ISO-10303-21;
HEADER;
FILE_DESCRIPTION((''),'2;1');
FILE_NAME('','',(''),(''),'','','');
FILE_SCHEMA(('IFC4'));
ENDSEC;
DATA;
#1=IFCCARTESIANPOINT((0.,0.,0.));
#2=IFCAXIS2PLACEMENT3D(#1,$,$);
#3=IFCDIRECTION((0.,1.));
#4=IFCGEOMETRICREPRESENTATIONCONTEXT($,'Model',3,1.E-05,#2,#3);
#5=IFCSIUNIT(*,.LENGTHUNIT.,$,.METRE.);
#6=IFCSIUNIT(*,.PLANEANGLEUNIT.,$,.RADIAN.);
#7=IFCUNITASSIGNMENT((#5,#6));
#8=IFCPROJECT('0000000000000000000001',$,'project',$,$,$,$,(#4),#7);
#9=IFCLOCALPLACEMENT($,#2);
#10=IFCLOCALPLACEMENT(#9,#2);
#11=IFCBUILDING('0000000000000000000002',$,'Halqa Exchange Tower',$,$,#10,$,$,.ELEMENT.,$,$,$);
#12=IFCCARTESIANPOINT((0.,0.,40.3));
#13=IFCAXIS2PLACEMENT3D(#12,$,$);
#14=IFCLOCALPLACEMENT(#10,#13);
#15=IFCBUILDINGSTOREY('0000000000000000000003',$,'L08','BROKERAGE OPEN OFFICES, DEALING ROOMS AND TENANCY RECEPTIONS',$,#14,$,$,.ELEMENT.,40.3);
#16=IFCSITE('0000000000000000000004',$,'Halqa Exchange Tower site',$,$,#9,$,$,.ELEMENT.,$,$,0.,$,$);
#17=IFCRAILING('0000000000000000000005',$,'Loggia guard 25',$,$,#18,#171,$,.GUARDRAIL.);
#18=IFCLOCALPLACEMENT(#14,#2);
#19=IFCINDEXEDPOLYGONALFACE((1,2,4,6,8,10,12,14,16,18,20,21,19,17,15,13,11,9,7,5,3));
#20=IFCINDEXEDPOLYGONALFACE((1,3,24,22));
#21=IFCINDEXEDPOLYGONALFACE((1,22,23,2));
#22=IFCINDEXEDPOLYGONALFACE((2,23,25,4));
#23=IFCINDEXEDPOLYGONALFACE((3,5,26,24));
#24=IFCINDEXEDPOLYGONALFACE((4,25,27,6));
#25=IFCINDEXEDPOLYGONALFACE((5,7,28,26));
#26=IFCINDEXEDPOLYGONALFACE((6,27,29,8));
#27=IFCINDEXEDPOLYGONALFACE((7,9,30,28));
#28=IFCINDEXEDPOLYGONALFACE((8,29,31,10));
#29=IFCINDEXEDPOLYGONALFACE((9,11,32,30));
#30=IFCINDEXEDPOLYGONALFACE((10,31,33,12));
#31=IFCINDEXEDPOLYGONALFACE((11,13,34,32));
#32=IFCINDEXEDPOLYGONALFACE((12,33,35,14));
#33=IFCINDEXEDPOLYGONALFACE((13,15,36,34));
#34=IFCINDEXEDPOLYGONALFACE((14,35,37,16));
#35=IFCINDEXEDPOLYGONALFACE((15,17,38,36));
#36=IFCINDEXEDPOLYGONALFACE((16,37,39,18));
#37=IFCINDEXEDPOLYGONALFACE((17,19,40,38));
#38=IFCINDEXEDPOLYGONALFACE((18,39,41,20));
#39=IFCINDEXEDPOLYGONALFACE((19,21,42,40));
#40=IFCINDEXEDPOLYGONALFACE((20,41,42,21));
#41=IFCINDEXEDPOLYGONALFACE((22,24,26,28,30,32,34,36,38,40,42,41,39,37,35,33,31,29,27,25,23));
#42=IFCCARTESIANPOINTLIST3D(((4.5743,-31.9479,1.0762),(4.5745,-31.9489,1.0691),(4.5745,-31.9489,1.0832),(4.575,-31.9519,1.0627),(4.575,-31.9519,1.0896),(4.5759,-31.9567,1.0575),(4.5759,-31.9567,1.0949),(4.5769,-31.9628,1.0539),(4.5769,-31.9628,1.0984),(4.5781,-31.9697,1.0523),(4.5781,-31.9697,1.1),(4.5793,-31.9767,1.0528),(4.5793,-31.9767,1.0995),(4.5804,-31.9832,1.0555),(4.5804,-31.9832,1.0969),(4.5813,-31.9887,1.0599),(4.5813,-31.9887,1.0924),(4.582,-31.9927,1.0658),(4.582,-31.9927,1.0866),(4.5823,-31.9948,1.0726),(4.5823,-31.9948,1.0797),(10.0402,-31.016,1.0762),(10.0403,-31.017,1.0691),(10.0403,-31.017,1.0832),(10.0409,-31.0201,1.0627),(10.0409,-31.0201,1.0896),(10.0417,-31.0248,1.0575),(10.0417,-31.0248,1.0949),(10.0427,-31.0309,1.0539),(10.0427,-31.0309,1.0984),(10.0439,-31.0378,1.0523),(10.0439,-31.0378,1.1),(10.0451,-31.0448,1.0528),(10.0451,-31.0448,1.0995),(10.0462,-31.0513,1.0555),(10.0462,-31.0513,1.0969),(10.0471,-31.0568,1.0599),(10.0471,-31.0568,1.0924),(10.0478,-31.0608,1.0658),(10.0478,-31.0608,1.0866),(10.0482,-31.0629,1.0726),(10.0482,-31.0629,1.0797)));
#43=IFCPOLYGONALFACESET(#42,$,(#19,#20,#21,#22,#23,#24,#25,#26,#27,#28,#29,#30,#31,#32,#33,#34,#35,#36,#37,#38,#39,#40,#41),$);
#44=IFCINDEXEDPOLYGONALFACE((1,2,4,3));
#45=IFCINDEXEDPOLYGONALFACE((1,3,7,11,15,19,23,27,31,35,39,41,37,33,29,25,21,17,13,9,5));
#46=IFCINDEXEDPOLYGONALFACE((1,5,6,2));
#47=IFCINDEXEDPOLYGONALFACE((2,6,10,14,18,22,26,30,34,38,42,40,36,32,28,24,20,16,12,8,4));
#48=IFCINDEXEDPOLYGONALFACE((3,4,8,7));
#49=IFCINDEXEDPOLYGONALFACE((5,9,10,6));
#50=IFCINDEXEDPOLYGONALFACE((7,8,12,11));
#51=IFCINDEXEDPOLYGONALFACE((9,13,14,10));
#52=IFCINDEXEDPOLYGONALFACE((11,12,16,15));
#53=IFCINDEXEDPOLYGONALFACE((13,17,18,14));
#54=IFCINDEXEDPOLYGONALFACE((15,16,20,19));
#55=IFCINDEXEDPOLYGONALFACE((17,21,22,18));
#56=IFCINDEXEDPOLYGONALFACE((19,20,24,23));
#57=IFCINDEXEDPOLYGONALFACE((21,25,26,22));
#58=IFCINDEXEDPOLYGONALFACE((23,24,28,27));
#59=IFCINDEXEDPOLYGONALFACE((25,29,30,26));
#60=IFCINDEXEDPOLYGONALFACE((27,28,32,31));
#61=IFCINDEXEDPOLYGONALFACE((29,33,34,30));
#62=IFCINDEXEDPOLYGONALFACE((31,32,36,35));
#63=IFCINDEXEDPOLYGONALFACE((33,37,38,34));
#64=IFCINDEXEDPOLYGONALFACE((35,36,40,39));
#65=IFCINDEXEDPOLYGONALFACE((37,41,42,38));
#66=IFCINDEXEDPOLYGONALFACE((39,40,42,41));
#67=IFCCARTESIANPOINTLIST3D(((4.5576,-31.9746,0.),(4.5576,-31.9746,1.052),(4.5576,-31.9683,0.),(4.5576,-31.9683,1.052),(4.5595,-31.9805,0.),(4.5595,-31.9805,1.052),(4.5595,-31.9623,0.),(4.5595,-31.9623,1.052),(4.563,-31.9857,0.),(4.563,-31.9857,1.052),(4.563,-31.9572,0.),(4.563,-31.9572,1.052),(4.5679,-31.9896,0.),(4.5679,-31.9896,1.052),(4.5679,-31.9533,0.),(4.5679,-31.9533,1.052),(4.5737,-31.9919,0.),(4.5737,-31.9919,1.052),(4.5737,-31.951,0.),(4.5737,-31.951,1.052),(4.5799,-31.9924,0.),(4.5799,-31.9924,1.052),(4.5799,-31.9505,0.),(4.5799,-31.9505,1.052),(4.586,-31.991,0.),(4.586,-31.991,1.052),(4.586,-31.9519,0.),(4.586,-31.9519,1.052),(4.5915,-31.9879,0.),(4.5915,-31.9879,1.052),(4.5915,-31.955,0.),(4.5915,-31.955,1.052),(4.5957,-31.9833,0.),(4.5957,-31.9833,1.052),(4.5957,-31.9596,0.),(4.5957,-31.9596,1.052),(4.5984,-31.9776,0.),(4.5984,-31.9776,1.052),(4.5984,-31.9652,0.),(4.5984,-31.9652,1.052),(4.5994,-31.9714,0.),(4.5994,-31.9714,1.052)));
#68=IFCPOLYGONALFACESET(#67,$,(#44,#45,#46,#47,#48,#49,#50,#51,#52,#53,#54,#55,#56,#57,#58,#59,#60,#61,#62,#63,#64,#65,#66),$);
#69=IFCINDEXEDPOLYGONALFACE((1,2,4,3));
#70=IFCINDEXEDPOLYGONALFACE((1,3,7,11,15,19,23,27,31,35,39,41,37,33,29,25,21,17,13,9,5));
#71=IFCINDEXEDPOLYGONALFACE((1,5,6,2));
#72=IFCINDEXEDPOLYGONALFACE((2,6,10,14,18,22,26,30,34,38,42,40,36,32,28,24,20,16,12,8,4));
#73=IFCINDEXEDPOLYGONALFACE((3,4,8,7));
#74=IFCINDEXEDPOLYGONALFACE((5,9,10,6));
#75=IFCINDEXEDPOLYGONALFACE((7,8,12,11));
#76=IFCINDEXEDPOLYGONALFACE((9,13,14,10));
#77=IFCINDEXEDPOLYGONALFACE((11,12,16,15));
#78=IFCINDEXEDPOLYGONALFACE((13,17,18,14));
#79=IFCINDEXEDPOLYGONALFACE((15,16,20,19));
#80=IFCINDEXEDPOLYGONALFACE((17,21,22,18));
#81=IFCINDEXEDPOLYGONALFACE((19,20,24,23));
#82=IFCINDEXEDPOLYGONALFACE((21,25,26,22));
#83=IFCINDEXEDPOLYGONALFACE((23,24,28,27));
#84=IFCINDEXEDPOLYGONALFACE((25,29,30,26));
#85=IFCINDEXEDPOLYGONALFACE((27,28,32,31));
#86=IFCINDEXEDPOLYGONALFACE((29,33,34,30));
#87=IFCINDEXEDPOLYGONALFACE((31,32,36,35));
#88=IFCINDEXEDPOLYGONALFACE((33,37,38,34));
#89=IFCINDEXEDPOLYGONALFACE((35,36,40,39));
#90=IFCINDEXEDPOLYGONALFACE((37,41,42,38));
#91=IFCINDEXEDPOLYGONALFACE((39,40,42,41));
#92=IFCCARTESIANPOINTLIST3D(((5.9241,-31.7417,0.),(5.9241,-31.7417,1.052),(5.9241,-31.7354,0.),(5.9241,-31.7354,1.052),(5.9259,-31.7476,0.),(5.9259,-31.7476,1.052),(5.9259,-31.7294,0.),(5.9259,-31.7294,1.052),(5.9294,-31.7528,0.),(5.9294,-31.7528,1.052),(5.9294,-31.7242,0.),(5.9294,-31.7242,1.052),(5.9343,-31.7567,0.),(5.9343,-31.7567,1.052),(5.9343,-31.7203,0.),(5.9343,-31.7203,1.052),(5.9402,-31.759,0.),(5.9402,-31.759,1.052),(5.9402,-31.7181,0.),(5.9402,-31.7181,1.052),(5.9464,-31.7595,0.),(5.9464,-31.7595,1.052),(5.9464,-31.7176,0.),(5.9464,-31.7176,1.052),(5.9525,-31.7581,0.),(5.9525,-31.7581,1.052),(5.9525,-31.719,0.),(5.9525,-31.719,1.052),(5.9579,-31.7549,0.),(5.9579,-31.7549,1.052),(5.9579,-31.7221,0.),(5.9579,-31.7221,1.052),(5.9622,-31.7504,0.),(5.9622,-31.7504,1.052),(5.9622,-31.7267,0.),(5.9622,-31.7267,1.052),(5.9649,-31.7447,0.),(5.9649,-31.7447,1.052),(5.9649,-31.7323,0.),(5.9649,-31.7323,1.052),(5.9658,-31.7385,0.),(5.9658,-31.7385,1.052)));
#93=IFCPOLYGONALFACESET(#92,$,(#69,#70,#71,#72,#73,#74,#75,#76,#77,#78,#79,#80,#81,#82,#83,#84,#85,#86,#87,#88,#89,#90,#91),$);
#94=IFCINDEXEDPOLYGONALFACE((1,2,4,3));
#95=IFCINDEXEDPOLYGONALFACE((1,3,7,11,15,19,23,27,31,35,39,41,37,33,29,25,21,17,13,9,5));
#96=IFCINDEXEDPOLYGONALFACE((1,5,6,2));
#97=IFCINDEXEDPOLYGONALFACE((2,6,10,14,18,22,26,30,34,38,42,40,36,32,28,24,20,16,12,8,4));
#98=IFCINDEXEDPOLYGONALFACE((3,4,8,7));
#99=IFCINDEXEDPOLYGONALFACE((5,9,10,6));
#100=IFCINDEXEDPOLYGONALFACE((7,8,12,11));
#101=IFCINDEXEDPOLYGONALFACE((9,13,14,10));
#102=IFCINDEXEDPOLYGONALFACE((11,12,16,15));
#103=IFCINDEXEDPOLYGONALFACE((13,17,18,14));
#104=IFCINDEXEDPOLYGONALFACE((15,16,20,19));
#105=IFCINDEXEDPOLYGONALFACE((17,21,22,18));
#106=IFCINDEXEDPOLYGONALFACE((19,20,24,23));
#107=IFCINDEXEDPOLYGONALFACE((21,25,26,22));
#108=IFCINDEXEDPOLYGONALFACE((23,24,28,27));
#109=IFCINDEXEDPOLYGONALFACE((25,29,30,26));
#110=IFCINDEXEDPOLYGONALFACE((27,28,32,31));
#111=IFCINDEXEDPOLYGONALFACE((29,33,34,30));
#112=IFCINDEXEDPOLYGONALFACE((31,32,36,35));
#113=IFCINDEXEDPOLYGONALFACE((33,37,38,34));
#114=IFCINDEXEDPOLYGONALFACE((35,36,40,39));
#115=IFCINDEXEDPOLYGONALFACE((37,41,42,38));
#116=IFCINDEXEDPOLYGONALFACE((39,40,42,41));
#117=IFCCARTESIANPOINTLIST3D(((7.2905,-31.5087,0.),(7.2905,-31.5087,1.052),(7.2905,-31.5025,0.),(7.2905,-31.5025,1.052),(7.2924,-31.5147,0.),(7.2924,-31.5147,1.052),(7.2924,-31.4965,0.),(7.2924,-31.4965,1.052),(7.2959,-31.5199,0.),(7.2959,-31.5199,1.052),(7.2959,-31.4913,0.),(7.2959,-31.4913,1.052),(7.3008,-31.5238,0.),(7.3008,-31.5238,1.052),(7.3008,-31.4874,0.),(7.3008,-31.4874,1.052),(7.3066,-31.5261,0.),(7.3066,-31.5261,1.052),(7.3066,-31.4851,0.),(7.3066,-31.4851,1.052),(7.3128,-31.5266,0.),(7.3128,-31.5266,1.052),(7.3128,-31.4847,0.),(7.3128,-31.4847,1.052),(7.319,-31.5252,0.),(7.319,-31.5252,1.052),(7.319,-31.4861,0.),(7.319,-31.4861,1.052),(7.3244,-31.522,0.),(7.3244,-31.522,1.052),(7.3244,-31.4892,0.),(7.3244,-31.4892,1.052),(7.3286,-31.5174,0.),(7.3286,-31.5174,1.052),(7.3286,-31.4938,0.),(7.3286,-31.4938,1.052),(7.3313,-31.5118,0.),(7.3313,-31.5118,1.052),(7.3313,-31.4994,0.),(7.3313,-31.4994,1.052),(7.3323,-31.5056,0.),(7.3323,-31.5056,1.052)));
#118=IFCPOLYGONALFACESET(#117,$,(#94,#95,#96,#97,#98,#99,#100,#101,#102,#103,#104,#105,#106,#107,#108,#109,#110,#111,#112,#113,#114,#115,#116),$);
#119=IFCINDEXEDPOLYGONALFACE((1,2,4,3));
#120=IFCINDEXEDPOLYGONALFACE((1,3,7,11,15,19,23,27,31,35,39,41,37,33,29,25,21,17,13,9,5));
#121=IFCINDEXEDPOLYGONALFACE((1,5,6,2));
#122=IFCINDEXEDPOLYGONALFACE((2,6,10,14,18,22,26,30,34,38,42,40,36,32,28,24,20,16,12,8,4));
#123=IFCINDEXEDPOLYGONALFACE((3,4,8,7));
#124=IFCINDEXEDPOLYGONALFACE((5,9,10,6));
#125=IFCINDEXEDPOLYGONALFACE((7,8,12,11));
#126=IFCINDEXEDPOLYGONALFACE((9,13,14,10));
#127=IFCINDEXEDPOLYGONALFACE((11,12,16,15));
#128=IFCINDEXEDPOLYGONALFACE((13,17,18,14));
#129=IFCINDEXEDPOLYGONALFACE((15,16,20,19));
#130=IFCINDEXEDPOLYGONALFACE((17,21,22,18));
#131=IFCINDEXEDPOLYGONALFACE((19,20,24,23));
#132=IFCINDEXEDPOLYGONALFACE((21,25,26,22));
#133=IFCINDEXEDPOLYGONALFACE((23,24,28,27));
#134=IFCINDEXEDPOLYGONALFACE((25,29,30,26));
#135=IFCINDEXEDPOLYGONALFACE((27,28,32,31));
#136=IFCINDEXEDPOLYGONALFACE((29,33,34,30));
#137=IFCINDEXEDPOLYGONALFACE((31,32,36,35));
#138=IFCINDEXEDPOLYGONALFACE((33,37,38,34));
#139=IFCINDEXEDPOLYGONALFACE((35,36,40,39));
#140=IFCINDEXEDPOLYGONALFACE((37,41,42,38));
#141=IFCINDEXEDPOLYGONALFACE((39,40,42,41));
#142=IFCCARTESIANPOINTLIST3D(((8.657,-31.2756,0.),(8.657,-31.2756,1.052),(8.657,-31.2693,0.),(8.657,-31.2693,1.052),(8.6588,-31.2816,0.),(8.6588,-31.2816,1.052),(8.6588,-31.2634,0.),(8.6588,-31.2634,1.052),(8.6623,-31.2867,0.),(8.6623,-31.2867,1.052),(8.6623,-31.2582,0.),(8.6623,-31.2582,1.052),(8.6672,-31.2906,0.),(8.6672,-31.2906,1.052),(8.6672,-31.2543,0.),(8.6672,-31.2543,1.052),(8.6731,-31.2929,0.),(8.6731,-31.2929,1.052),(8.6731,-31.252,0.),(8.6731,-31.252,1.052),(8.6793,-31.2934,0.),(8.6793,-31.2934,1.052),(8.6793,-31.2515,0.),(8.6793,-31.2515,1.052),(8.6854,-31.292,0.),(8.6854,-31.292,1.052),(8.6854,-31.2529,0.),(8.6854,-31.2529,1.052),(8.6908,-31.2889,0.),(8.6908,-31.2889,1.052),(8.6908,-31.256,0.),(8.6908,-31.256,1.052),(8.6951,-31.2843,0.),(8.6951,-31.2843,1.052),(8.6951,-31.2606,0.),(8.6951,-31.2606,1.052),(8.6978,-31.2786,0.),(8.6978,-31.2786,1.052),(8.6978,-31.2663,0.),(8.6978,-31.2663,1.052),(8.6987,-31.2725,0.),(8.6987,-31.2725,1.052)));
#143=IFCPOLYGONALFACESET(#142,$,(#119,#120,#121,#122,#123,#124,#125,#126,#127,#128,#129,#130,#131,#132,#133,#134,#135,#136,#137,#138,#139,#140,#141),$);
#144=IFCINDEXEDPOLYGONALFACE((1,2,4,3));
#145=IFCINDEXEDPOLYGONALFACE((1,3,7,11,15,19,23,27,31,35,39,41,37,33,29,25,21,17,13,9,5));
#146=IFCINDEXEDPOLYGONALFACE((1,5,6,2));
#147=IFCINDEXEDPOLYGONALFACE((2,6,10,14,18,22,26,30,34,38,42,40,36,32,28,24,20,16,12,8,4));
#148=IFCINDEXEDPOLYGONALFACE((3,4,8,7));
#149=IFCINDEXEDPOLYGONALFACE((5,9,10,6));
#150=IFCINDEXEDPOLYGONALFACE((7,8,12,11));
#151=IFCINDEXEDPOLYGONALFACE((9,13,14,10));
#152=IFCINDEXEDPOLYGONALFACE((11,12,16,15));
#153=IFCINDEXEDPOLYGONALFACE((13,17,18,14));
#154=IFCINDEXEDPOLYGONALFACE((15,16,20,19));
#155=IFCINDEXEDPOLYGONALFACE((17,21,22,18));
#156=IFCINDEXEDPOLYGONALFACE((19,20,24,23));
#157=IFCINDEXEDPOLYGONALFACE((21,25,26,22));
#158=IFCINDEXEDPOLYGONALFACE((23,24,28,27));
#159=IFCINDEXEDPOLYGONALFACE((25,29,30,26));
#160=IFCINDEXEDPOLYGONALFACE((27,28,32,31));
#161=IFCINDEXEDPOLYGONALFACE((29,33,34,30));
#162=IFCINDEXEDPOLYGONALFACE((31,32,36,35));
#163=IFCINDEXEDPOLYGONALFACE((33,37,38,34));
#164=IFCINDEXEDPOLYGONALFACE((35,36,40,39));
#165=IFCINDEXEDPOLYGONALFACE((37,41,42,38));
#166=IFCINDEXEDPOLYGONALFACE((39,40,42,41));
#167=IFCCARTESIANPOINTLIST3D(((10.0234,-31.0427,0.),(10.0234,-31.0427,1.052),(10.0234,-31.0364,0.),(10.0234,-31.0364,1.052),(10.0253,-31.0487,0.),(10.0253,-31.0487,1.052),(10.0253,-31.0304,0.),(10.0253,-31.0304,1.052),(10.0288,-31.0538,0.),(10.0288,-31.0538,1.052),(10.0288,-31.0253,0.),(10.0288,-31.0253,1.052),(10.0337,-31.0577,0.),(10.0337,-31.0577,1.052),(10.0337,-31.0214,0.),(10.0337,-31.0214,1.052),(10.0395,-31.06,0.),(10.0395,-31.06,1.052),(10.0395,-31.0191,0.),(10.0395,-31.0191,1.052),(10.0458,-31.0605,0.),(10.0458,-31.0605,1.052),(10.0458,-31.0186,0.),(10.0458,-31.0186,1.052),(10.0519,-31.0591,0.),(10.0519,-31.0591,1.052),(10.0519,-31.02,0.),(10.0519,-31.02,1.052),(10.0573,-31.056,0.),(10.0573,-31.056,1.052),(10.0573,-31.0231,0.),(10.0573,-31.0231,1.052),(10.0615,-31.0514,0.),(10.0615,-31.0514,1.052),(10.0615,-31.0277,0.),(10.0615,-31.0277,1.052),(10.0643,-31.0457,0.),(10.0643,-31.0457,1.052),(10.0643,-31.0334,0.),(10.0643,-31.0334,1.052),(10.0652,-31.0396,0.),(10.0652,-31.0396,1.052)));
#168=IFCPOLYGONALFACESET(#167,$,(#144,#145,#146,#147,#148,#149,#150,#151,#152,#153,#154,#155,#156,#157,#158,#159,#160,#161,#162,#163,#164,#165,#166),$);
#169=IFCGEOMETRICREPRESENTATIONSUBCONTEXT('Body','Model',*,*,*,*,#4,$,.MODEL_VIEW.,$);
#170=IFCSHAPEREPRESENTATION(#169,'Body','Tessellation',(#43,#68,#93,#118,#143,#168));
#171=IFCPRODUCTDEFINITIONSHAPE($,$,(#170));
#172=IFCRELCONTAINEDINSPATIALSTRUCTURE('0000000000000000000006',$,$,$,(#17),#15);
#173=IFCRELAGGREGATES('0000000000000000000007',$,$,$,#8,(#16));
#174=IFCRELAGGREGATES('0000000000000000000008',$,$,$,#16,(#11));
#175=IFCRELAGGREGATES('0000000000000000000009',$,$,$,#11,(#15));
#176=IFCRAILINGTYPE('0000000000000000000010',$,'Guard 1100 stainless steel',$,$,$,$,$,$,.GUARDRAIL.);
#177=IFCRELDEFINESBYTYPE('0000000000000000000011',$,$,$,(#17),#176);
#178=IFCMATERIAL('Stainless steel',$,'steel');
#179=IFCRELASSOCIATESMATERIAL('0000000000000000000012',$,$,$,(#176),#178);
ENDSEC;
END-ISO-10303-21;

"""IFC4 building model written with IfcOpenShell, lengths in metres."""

from ifc_helpers import new_model, si_unit, direction, frame, origin, origin_2d, place, context, subcontext, project, spatial, circle, extrude, material, type_object, element, save


model = new_model("IFC4")

# Units and contexts
model_context = context("Model", 3, precision=1e-05, world=origin(), true_north=direction((0.0, 1.0)))
body_context = subcontext(model_context, "Body", "Model", "MODEL_VIEW")
ifc_project = project(units=[si_unit("LENGTHUNIT", "METRE"), si_unit("PLANEANGLEUNIT", "RADIAN")], contexts=[model_context])

# Site, building, storey
site_placement = place(None, origin())
site = spatial("IfcSite", under=ifc_project, at=site_placement, Name="Halqa Exchange Tower site", CompositionType="ELEMENT", RefElevation=0.0)
building_placement = place(site_placement, origin())
building = spatial("IfcBuilding", under=site, at=building_placement, Name="Halqa Exchange Tower", CompositionType="ELEMENT")
storey_placement = place(building_placement, frame((0.0, 0.0, 40.3)))
storey = spatial("IfcBuildingStorey", under=building, at=storey_placement, Name="L08", Description="BROKERAGE OPEN OFFICES, DEALING ROOMS AND TENANCY RECEPTIONS", CompositionType="ELEMENT", Elevation=40.3)

# Railing
ifc_material_1 = material(Name="Stainless steel", Category="steel")
railing_type = type_object("IfcRailingType", Name="Guard 1100 stainless steel", PredefinedType="GUARDRAIL", material=ifc_material_1)
railing_1_placement = place(storey_placement, frame((4.5784, -31.9714, 0.0)))
element("IfcRailing", 1, at=railing_1_placement, inside=storey, type_object=railing_type, Name="Loggia guard 25", PredefinedType="GUARDRAIL", context=body_context, shape_type="SweptSolid", body=[
    extrude(circle(Radius=0.0239, at=origin_2d()), frame((0.0, 0.0, 1.0762), z_axis=(0.985775, 0.168068, 0.0), x_axis=(-0.168068, 0.985775, 0.0)), (0.0, 0.0, 1.0), 5.5447),
    extrude(circle(Radius=0.021, at=origin_2d()), origin(), (0.0, 0.0, 1.0), 1.052),
    extrude(circle(Radius=0.021, at=origin_2d()), frame((1.3665, 0.2329, 0.0)), (0.0, 0.0, 1.0), 1.052),
    extrude(circle(Radius=0.021, at=origin_2d()), frame((2.7329, 0.4658, 0.0)), (0.0, 0.0, 1.0), 1.052),
    extrude(circle(Radius=0.021, at=origin_2d()), frame((4.0994, 0.699, 0.0)), (0.0, 0.0, 1.0), 1.052),
    extrude(circle(Radius=0.021, at=origin_2d()), frame((5.4658, 0.9319, 0.0)), (0.0, 0.0, 1.0), 1.052),
])

save(model, "model.ifc")
